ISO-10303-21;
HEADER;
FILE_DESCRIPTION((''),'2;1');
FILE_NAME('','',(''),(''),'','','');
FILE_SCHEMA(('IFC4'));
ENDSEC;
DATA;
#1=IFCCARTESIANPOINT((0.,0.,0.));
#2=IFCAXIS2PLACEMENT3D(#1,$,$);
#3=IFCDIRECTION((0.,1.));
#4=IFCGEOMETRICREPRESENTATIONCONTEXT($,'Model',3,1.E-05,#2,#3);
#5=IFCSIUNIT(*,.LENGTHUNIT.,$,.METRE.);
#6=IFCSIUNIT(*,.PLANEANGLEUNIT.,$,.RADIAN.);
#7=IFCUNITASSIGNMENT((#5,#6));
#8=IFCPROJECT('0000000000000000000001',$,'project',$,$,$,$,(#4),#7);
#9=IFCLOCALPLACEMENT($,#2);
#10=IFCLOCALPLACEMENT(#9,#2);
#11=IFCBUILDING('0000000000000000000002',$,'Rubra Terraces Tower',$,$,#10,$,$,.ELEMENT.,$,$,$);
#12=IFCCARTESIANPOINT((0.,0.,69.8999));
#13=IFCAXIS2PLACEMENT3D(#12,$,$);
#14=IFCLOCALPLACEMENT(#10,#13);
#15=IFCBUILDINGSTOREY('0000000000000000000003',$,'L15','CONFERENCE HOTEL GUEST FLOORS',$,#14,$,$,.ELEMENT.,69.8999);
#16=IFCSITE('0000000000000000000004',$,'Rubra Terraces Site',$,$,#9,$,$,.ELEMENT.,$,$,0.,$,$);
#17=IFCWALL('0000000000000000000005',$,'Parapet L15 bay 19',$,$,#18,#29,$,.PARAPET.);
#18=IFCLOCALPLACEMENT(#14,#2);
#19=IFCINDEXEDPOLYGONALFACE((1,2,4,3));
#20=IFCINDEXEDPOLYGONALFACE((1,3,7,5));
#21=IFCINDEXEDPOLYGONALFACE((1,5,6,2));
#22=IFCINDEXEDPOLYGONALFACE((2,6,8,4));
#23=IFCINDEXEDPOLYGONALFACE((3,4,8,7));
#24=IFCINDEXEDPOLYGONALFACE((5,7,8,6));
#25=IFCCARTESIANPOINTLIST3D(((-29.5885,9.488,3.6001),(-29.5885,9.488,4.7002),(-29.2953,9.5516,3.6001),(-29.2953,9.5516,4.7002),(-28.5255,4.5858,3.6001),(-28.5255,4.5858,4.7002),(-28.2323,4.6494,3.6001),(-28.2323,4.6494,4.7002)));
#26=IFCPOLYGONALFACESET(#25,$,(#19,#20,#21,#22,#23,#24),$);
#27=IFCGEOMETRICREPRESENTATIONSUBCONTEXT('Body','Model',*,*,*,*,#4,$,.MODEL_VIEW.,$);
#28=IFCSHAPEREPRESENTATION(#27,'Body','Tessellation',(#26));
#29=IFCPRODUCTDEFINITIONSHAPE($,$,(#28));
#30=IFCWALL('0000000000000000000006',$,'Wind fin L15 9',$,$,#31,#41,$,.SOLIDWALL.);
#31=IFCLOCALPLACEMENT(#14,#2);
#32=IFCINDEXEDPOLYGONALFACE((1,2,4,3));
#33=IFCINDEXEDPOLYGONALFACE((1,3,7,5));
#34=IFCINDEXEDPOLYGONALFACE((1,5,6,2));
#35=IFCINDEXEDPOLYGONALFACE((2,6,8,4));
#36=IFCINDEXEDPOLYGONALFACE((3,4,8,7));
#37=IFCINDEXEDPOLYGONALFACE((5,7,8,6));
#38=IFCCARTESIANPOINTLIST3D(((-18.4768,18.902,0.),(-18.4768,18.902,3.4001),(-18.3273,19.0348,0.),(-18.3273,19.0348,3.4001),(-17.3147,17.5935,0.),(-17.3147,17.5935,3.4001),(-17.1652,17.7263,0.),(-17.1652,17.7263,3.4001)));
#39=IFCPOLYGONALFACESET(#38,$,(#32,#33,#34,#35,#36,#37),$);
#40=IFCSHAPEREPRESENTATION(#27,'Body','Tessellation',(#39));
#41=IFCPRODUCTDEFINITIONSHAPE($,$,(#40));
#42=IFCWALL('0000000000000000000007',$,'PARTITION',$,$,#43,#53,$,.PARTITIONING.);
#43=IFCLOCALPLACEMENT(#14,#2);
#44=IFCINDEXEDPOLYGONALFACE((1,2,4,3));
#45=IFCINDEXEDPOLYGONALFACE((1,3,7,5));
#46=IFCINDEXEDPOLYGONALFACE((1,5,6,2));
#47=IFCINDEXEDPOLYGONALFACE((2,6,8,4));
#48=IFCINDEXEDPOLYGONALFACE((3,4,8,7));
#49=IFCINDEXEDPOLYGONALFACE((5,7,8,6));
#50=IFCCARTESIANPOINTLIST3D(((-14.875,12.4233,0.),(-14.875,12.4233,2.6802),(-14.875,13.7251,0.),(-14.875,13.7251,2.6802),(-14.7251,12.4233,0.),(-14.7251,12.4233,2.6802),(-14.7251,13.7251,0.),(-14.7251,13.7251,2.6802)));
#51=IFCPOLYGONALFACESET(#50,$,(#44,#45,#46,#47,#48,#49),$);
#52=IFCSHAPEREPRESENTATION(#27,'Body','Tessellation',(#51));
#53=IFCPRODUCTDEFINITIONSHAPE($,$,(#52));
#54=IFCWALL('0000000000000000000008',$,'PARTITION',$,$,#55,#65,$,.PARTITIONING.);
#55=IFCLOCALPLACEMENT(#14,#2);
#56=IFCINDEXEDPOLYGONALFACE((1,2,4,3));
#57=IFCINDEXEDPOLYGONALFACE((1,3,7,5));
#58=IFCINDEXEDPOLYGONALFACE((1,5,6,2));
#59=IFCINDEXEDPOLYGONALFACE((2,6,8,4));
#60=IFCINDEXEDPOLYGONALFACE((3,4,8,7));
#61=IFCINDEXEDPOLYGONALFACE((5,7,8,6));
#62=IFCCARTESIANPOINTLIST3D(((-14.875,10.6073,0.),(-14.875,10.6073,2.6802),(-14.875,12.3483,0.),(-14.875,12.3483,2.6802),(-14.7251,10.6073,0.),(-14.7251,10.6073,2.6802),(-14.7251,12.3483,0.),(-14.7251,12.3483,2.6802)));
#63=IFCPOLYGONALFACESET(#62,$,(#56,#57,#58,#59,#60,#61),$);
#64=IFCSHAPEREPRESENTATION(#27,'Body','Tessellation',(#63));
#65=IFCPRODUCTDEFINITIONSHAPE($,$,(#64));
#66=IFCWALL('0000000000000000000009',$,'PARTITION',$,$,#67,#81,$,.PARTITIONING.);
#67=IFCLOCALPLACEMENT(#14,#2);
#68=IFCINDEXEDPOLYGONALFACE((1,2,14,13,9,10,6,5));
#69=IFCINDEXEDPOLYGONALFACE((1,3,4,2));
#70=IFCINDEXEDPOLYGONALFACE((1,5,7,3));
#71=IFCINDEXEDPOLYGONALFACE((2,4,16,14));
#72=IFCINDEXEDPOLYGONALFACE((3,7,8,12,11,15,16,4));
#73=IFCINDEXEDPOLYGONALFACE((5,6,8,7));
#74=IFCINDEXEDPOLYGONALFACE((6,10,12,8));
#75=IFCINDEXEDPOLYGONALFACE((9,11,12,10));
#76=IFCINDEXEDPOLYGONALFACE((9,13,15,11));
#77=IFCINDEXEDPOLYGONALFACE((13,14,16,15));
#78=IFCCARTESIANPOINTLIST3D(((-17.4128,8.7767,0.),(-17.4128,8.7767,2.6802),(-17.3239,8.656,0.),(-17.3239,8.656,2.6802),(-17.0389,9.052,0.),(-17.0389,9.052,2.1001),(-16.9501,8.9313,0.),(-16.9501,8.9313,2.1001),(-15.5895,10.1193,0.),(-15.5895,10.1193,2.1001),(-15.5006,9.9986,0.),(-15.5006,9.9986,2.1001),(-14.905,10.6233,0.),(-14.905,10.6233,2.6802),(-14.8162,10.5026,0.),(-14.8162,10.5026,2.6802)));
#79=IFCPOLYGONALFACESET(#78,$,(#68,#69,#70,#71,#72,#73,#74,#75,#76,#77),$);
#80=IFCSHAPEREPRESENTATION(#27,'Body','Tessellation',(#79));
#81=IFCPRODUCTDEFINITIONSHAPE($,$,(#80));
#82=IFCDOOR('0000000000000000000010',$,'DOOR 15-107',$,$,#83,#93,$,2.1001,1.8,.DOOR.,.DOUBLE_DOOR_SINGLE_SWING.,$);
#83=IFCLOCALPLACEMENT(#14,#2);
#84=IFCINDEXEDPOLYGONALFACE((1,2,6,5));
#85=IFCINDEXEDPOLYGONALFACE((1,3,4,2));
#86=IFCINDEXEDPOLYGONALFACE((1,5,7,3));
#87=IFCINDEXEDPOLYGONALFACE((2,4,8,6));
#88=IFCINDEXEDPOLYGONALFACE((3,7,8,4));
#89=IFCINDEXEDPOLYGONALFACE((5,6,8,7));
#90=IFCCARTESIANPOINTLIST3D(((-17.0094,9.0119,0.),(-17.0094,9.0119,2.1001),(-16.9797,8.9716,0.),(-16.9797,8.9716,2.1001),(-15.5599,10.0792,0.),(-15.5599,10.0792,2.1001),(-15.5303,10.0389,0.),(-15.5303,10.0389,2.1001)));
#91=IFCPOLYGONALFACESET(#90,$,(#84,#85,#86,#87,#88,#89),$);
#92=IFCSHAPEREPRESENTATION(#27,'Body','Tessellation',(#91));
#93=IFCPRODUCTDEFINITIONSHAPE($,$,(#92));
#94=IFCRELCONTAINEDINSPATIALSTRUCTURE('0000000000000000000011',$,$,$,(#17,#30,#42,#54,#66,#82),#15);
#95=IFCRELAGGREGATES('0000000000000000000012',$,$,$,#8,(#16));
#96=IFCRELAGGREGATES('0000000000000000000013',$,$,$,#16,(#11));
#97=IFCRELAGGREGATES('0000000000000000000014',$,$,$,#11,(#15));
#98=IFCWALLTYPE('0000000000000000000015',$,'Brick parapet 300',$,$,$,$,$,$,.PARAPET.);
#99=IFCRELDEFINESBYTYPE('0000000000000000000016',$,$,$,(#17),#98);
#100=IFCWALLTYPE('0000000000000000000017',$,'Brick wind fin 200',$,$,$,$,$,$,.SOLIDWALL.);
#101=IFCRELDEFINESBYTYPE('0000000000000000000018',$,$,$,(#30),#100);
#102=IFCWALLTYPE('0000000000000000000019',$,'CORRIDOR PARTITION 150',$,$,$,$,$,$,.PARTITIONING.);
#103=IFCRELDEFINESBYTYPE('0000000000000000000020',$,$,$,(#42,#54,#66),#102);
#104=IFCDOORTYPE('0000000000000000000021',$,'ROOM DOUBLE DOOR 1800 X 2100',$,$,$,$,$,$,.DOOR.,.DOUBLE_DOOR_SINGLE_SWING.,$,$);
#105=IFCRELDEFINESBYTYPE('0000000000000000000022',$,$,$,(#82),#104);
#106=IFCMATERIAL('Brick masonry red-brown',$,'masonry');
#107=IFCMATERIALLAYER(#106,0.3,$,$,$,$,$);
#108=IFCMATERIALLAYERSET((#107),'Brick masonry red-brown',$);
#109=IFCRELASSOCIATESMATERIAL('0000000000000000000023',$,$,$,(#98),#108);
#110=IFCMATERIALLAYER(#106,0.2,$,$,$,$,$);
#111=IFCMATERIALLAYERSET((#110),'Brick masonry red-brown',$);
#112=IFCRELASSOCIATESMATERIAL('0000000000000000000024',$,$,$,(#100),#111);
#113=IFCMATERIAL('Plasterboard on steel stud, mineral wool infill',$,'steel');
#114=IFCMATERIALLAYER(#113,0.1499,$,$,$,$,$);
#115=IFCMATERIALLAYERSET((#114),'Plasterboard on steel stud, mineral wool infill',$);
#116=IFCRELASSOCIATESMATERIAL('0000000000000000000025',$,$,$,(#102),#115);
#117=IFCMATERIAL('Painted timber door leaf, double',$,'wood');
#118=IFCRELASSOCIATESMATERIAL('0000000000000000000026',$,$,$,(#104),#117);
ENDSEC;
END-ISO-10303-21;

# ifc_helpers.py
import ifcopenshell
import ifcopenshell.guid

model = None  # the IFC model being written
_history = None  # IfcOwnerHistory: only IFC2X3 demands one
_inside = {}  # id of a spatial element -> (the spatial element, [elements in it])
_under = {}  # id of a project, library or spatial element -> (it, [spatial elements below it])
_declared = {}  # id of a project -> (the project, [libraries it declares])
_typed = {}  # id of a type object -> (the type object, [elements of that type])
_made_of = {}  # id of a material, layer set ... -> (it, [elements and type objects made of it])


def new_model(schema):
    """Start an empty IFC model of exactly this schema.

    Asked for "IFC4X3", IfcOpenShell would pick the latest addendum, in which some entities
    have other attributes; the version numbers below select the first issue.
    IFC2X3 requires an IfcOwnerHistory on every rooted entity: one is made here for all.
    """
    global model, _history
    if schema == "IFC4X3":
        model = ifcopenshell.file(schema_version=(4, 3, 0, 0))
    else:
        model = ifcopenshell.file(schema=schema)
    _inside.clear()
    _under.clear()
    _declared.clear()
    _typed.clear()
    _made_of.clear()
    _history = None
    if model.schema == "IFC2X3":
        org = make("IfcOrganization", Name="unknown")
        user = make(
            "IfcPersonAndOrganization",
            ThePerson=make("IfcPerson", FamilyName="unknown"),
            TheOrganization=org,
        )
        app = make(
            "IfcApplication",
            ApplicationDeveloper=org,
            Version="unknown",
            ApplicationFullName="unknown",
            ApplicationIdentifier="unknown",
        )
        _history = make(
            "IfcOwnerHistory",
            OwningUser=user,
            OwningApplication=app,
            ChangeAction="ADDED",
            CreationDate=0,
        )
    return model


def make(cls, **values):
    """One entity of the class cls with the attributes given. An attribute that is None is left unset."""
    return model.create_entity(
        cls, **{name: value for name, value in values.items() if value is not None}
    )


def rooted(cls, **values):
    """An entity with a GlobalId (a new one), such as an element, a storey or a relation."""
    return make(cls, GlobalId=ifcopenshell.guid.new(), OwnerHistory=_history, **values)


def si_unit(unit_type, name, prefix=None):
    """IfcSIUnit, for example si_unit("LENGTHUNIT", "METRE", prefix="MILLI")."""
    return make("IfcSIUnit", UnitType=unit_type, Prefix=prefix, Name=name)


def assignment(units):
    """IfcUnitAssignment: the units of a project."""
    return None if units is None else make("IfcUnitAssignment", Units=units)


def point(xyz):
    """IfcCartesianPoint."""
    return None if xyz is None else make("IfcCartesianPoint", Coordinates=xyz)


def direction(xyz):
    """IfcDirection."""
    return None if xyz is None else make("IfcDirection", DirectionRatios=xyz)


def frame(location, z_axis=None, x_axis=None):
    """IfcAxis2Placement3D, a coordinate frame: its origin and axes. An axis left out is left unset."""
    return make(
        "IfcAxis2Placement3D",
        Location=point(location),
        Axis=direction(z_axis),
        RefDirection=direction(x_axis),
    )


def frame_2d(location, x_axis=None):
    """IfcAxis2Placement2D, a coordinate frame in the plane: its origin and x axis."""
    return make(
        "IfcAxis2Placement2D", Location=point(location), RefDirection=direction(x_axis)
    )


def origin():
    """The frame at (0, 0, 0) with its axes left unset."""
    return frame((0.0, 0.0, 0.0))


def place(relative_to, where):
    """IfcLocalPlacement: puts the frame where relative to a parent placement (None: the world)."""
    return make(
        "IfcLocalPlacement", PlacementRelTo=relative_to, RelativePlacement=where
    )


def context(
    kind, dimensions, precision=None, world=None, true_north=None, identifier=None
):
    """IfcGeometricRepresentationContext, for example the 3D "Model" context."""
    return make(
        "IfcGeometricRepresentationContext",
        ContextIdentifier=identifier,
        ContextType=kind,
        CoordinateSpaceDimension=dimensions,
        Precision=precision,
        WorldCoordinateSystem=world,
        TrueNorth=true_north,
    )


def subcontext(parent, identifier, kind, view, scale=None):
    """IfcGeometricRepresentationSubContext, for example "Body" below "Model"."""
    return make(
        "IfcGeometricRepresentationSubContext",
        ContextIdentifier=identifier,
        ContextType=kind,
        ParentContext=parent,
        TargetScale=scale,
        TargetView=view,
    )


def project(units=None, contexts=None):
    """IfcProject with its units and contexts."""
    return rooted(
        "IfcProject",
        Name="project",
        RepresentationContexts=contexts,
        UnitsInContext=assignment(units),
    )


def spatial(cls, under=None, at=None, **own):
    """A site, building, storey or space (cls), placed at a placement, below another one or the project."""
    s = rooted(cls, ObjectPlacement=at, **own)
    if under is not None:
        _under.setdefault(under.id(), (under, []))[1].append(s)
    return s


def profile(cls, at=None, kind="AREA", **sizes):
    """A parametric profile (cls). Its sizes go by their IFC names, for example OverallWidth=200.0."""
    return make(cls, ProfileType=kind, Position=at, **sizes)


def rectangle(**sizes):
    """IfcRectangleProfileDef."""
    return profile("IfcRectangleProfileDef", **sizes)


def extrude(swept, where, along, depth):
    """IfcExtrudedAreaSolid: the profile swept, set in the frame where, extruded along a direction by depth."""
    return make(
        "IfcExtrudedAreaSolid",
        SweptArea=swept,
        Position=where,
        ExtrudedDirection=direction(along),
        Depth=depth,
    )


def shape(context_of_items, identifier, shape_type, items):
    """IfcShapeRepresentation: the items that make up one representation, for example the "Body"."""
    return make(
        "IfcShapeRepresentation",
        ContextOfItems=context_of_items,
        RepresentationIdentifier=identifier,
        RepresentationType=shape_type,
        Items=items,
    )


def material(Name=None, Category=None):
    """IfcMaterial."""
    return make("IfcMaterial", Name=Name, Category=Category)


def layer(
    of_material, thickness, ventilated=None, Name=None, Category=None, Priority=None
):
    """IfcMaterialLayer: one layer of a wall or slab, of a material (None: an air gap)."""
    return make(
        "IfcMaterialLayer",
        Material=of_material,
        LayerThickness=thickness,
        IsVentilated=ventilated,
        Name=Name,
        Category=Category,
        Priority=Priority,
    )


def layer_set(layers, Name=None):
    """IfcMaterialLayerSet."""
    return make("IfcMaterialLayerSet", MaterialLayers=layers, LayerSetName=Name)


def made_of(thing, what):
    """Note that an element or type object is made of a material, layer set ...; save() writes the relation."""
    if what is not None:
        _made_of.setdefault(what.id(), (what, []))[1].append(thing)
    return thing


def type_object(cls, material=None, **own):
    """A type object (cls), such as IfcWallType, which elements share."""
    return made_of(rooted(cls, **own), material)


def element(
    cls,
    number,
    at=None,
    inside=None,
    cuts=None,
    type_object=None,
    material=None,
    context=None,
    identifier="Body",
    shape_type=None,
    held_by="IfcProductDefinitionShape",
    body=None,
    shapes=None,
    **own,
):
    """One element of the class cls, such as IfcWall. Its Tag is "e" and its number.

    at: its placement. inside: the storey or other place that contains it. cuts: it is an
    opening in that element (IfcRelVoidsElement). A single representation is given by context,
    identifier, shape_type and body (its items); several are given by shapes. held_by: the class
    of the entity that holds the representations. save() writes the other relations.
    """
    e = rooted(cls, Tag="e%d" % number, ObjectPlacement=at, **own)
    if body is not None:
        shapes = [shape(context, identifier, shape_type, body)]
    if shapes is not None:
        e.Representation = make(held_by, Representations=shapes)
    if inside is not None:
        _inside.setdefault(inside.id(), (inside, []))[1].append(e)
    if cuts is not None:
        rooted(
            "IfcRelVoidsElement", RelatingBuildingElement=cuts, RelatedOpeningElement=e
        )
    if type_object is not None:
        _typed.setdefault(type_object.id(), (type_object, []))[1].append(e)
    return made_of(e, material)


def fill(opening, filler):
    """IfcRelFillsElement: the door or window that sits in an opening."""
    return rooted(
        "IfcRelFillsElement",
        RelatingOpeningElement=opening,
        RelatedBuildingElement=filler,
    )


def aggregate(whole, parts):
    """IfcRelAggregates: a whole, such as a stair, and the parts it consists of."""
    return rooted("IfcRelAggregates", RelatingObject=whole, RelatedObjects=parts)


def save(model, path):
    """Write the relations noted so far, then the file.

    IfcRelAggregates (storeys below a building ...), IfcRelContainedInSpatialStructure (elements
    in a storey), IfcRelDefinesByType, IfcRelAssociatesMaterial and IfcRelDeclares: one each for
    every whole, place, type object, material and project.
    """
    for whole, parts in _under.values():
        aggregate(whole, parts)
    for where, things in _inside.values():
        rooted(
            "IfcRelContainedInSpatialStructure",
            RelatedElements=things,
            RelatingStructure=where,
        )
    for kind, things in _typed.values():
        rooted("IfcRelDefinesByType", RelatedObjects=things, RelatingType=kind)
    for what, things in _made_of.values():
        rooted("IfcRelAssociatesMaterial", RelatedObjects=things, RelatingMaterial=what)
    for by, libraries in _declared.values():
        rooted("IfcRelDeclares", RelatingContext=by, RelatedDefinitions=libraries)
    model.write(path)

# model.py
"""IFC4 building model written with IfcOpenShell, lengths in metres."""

from ifc_helpers import new_model, si_unit, direction, frame, frame_2d, origin, place, context, subcontext, project, spatial, rectangle, extrude, material, layer, layer_set, type_object, element, fill, save


model = new_model("IFC4")

# Units and contexts
model_context = context("Model", 3, precision=1e-05, world=origin(), true_north=direction((0.0, 1.0)))
body_context = subcontext(model_context, "Body", "Model", "MODEL_VIEW")
ifc_project = project(units=[si_unit("LENGTHUNIT", "METRE"), si_unit("PLANEANGLEUNIT", "RADIAN")], contexts=[model_context])

# Site, building, storey
site_placement = place(None, origin())
site = spatial("IfcSite", under=ifc_project, at=site_placement, Name="Rubra Terraces Site", CompositionType="ELEMENT", RefElevation=0.0)
building_placement = place(site_placement, origin())
building = spatial("IfcBuilding", under=site, at=building_placement, Name="Rubra Terraces Tower", CompositionType="ELEMENT")
storey_placement = place(building_placement, frame((0.0, 0.0, 69.8999)))
storey = spatial("IfcBuildingStorey", under=building, at=storey_placement, Name="L15", Description="CONFERENCE HOTEL GUEST FLOORS", CompositionType="ELEMENT", Elevation=69.8999)

# Shared definitions
ifc_material_1 = material(Name="Brick masonry red-brown", Category="masonry")

# Walls
ifc_layer_1 = layer(ifc_material_1, 0.3)
ifc_layer_set_1 = layer_set([ifc_layer_1], Name="Brick masonry red-brown")
wall_type_1 = type_object("IfcWallType", Name="Brick parapet 300", PredefinedType="PARAPET", material=ifc_layer_set_1)
wall_1_placement = place(storey_placement, frame((-29.4419, 9.5198, 3.6001), z_axis=(0.0, 0.0, 1.0), x_axis=(0.211918, -0.977287, 0.0)))
element("IfcWall", 1, at=wall_1_placement, inside=storey, type_object=wall_type_1, Name="Parapet L15 bay 19", PredefinedType="PARAPET", context=body_context, shape_type="SweptSolid", body=[
    extrude(rectangle(XDim=5.0161, YDim=0.3, at=frame_2d((2.5081, 0.0))), origin(), (0.0, 0.0, 1.0), 1.1001),
])
ifc_layer_2 = layer(ifc_material_1, 0.2)
ifc_layer_set_2 = layer_set([ifc_layer_2], Name="Brick masonry red-brown")
wall_type_2 = type_object("IfcWallType", Name="Brick wind fin 200", PredefinedType="SOLIDWALL", material=ifc_layer_set_2)
wall_2_placement = place(storey_placement, frame((-17.24, 17.6599, 0.0), z_axis=(0.0, 0.0, 1.0), x_axis=(-0.664017, 0.747717, 0.0)))
element("IfcWall", 2, at=wall_2_placement, inside=storey, type_object=wall_type_2, Name="Wind fin L15 9", PredefinedType="SOLIDWALL", context=body_context, shape_type="SweptSolid", body=[
    extrude(rectangle(XDim=1.75, YDim=0.2, at=frame_2d((0.875, 0.0))), origin(), (0.0, 0.0, 1.0), 3.4001),
])
ifc_material_2 = material(Name="Plasterboard on steel stud, mineral wool infill", Category="steel")
ifc_layer_3 = layer(ifc_material_2, 0.1499)
ifc_layer_set_3 = layer_set([ifc_layer_3], Name="Plasterboard on steel stud, mineral wool infill")
wall_type_3 = type_object("IfcWallType", Name="CORRIDOR PARTITION 150", PredefinedType="PARTITIONING", material=ifc_layer_set_3)
wall_3_placement = place(storey_placement, frame((-14.8, 13.7251, 0.0), z_axis=(0.0, 0.0, 1.0), x_axis=(0.0, -1.0, 0.0)))
element("IfcWall", 3, at=wall_3_placement, inside=storey, type_object=wall_type_3, Name="PARTITION", PredefinedType="PARTITIONING", context=body_context, shape_type="SweptSolid", body=[
    extrude(rectangle(XDim=1.3018, YDim=0.1499, at=frame_2d((0.6509, 0.0))), origin(), (0.0, 0.0, 1.0), 2.6802),
])
wall_4_placement = place(storey_placement, frame((-14.8, 12.3484, 0.0), z_axis=(0.0, 0.0, 1.0), x_axis=(0.0, -1.0, 0.0)))
element("IfcWall", 4, at=wall_4_placement, inside=storey, type_object=wall_type_3, Name="PARTITION", PredefinedType="PARTITIONING", context=body_context, shape_type="SweptSolid", body=[
    extrude(rectangle(XDim=1.741, YDim=0.1499, at=frame_2d((0.8706, 0.0))), origin(), (0.0, 0.0, 1.0), 2.6802),
])

# Wall, opening, door
wall_5_placement = place(storey_placement, frame((-14.8606, 10.563, 0.0), z_axis=(0.0, 0.0, 1.0), x_axis=(-0.805237, -0.592953, 0.0)))
wall_5 = element("IfcWall", 5, at=wall_5_placement, inside=storey, type_object=wall_type_3, Name="PARTITION", PredefinedType="PARTITIONING", context=body_context, shape_type="SweptSolid", body=[
    extrude(rectangle(XDim=3.1143, YDim=0.1499, at=frame_2d((1.5571, 0.0))), origin(), (0.0, 0.0, 1.0), 2.6802),
])
opening_1_placement = place(wall_5_placement, frame((0.8501, 0.0, 0.0)))
opening_1 = element("IfcOpeningElement", 6, at=opening_1_placement, cuts=wall_5, PredefinedType="OPENING", context=body_context, shape_type="SweptSolid", body=[
    extrude(rectangle(XDim=1.8, YDim=2.1001, at=frame_2d((0.8999, 1.05))), frame((0.0, 0.085, 0.0), z_axis=(0.0, -1.0, 0.0), x_axis=(1.0, 0.0, 0.0)), (0.0, 0.0, 1.0), 0.1699),
])
ifc_material_3 = material(Name="Painted timber door leaf, double", Category="wood")
door_type = type_object("IfcDoorType", Name="ROOM DOUBLE DOOR 1800 X 2100", OperationType="DOUBLE_DOOR_SINGLE_SWING", PredefinedType="DOOR", material=ifc_material_3)
door_placement = place(opening_1_placement, origin())
door = element("IfcDoor", 7, at=door_placement, inside=storey, type_object=door_type, Name="DOOR 15-107", OperationType="DOUBLE_DOOR_SINGLE_SWING", OverallHeight=2.1001, OverallWidth=1.8, PredefinedType="DOOR", context=body_context, shape_type="SweptSolid", body=[
    extrude(rectangle(XDim=1.8, YDim=2.1001, at=frame_2d((0.8999, 1.05))), frame((0.0, 0.0249, 0.0), z_axis=(0.0, -1.0, 0.0), x_axis=(1.0, 0.0, 0.0)), (0.0, 0.0, 1.0), 0.05),
])
fill(opening_1, door)

save(model, "model.ifc")
